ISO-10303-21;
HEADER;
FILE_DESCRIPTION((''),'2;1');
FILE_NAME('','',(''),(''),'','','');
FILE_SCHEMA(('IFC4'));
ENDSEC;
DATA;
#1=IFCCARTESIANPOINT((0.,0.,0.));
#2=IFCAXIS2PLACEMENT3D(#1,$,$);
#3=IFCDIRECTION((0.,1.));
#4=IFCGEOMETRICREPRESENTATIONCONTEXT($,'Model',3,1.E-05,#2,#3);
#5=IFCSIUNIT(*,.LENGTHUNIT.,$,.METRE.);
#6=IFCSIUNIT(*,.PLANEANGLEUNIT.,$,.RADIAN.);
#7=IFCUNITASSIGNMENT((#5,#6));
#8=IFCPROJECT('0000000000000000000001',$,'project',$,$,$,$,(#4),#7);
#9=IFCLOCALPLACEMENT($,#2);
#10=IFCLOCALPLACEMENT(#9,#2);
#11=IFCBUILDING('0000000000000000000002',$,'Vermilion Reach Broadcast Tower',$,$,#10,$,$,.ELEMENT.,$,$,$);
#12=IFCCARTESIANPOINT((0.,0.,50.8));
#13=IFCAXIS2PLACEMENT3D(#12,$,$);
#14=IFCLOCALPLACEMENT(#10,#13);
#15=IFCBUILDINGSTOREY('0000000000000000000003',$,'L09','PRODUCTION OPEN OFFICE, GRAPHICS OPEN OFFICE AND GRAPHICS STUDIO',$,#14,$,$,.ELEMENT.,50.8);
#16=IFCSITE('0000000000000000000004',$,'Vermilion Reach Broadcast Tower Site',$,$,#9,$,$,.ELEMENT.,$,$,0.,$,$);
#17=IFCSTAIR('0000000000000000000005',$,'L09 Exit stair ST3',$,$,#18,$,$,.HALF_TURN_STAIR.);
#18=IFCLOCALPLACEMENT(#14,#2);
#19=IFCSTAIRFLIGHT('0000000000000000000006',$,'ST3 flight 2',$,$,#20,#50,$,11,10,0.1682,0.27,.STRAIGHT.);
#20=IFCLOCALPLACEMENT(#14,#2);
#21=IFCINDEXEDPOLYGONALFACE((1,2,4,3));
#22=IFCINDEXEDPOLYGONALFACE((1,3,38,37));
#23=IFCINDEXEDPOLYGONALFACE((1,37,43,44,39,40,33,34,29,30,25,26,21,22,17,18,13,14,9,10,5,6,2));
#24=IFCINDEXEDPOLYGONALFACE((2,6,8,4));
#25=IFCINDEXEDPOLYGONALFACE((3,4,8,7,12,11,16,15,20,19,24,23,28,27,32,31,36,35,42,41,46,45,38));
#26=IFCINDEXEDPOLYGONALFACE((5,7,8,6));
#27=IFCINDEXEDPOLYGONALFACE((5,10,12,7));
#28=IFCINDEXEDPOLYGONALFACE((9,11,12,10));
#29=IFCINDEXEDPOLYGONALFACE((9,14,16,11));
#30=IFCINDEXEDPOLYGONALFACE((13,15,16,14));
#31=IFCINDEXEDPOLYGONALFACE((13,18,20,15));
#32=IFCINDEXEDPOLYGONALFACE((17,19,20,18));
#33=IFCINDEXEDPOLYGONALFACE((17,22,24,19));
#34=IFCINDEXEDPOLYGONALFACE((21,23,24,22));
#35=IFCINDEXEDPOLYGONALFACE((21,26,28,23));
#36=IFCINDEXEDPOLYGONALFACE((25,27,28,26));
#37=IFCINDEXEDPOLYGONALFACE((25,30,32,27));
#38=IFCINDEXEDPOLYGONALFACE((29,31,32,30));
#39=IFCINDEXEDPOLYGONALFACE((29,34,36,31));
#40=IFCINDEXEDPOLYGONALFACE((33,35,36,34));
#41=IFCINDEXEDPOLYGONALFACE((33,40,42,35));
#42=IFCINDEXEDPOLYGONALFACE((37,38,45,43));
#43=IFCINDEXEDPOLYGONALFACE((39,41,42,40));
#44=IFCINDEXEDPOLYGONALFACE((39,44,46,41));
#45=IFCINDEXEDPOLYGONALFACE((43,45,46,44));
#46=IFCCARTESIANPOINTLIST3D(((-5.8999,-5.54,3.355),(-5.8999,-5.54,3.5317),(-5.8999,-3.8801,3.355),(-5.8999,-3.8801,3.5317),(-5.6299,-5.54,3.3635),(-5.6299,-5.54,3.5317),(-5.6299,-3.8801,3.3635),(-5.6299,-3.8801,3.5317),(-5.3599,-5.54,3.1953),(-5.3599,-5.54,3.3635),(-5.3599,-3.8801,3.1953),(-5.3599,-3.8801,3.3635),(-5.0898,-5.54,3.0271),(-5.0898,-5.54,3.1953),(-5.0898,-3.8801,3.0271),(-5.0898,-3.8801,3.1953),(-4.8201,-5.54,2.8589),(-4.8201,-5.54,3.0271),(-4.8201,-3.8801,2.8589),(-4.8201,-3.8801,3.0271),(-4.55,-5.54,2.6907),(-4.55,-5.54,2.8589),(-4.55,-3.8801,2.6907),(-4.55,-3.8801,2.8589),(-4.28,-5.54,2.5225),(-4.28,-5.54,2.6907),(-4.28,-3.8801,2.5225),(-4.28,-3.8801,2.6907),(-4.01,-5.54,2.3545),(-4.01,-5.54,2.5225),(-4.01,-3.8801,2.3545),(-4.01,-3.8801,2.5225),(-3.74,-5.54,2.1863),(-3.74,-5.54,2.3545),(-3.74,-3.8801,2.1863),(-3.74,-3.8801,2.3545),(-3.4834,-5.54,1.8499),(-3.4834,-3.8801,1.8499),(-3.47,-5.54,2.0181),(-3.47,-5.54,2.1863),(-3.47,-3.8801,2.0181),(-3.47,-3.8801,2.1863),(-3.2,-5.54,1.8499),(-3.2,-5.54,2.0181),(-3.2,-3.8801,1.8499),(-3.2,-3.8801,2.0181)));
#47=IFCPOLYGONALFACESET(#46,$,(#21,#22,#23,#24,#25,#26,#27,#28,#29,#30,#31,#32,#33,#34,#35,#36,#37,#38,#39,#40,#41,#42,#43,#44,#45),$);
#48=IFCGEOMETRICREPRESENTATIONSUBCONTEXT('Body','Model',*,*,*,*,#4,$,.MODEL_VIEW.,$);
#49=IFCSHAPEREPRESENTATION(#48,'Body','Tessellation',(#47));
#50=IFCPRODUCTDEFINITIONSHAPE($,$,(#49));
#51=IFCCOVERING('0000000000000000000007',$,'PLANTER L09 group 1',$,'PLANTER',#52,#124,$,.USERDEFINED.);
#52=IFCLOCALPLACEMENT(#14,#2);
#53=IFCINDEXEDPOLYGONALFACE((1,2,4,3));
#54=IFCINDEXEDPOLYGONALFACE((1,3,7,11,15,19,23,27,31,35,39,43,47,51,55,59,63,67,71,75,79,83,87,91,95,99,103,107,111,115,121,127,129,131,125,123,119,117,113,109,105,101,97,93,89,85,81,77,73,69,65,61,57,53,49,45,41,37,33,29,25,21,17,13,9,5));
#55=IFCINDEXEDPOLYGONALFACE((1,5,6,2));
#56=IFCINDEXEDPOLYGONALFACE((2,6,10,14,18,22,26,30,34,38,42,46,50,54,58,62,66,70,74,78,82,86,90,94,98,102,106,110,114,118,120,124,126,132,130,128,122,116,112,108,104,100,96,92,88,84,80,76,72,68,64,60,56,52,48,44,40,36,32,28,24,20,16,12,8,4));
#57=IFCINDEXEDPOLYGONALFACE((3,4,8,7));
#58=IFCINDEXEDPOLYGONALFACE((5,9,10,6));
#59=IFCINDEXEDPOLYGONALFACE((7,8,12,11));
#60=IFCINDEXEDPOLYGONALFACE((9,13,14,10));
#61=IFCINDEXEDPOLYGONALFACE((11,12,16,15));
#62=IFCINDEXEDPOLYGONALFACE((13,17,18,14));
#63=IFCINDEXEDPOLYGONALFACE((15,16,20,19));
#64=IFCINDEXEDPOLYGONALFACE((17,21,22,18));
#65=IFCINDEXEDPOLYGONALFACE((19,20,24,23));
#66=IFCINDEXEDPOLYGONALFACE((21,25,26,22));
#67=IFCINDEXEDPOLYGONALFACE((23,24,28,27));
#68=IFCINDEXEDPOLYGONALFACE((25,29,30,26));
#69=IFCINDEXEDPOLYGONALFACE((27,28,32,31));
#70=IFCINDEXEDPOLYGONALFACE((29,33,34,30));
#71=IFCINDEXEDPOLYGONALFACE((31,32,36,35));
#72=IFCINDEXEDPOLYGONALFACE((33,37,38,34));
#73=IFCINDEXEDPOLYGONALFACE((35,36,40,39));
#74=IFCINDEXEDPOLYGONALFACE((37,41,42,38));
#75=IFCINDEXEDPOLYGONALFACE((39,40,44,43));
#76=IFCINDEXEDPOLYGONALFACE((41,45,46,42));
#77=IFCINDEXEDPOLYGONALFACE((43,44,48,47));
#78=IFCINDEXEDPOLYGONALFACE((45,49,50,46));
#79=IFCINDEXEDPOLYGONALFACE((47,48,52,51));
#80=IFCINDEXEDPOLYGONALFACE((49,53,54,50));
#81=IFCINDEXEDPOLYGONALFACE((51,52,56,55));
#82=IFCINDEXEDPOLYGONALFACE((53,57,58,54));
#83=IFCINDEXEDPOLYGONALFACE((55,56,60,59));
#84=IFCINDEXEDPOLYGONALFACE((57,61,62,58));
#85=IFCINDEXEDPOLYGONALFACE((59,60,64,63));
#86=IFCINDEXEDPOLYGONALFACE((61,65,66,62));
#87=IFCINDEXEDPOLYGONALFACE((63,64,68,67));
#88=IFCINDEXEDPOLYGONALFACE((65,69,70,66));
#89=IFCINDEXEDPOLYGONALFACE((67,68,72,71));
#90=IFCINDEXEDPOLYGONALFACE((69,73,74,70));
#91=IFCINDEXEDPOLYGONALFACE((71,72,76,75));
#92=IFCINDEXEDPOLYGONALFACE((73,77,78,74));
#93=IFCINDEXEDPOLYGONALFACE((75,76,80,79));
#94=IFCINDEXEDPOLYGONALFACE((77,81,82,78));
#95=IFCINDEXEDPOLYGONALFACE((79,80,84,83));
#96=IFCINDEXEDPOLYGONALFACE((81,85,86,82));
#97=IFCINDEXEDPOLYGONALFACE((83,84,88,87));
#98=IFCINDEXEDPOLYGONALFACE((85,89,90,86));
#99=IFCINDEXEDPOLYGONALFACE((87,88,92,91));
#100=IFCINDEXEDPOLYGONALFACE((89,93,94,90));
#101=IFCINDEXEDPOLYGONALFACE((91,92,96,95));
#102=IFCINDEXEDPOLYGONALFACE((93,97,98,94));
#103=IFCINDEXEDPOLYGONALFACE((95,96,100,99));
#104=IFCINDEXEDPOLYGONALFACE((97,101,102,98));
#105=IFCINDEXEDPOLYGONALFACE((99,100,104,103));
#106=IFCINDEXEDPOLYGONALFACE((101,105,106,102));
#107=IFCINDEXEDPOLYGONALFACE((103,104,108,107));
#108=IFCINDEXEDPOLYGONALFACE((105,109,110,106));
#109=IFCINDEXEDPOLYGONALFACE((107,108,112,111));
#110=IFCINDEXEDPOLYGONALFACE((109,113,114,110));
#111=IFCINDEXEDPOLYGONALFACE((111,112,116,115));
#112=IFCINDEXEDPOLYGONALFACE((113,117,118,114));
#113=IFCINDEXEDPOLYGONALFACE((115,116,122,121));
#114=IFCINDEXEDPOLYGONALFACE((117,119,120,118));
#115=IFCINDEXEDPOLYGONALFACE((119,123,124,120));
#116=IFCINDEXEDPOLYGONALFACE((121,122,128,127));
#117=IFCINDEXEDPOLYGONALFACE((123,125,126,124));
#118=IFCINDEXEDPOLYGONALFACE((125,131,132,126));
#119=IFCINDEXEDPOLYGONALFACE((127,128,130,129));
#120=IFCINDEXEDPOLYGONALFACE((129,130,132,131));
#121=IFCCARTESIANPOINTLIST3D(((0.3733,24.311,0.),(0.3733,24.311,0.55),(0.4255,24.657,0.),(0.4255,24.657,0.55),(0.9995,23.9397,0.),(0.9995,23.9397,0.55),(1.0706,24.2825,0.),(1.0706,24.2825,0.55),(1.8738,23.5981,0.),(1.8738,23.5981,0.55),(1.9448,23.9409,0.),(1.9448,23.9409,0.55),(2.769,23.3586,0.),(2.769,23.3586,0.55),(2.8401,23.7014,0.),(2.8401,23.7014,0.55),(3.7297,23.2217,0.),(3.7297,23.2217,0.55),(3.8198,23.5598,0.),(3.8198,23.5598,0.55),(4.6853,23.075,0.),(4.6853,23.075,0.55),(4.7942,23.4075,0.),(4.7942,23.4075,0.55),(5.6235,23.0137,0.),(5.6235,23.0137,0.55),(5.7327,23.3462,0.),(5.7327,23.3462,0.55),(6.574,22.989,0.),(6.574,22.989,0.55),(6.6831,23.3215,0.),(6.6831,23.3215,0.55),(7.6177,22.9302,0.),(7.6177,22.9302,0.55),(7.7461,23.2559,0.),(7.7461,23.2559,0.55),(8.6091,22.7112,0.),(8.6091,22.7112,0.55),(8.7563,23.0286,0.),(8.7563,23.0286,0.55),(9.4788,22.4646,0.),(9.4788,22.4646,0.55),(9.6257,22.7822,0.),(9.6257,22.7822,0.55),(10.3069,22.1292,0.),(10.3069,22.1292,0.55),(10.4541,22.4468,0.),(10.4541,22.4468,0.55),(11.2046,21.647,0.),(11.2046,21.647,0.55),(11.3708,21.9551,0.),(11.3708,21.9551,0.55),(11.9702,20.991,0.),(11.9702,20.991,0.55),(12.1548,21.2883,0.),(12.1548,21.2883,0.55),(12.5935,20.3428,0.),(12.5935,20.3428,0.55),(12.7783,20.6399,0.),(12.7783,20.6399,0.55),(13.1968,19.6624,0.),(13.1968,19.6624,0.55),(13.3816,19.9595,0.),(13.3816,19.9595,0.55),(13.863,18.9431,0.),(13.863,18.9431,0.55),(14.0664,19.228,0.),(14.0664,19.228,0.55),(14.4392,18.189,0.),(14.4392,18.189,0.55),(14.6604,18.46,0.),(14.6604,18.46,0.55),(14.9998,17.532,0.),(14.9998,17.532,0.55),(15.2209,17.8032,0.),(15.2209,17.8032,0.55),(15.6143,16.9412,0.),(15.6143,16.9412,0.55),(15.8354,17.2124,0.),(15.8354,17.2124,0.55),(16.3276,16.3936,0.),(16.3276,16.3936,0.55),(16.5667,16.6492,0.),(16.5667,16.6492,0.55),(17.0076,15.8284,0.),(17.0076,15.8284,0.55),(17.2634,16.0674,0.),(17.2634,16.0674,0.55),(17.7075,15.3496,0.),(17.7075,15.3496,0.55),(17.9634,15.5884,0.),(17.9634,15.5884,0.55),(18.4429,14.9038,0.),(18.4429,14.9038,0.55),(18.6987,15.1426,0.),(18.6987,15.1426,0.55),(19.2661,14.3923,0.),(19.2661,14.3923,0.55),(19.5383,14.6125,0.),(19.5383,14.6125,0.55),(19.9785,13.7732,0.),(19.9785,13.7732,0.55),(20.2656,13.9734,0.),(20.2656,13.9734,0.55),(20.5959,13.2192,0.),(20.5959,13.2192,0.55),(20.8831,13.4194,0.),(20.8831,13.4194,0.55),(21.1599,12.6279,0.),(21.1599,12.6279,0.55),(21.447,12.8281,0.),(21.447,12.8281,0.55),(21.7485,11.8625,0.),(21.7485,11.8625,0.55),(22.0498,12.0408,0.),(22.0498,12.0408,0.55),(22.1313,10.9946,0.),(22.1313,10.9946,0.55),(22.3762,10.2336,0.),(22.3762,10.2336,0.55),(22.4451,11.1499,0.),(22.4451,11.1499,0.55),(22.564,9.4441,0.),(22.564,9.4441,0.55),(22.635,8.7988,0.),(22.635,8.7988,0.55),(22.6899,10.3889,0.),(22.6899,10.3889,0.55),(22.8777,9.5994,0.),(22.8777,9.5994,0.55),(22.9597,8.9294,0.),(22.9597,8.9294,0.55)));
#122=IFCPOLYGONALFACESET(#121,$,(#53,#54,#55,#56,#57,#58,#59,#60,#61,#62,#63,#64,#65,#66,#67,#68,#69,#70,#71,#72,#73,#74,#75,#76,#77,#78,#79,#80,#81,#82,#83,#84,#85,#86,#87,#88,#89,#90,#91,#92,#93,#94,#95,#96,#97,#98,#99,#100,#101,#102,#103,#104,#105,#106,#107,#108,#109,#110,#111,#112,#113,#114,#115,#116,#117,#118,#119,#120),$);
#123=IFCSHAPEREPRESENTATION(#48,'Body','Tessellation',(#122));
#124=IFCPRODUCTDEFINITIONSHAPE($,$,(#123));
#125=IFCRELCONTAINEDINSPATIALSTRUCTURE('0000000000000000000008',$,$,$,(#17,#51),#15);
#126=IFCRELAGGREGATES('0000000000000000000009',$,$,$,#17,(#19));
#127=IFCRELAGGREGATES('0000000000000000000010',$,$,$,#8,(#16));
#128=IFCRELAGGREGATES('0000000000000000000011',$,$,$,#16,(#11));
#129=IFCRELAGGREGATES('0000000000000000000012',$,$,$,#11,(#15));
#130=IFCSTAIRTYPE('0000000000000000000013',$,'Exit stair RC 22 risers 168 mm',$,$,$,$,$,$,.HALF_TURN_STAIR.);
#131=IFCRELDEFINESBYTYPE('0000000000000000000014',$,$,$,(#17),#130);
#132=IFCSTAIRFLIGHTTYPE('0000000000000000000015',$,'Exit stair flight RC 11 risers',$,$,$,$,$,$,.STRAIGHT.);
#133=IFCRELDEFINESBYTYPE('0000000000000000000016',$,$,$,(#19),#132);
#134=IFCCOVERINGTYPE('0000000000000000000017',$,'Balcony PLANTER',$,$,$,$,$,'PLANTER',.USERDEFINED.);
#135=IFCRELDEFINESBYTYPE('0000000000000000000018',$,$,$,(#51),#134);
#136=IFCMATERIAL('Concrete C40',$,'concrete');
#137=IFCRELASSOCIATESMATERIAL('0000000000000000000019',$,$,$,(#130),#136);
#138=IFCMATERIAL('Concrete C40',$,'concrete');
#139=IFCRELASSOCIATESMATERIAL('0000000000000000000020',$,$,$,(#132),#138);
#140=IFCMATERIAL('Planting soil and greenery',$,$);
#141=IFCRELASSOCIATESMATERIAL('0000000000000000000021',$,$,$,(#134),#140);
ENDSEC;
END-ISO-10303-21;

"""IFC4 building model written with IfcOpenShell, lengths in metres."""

from ifc_helpers import new_model, si_unit, direction, frame, origin, place, context, subcontext, project, spatial, polyline, outline, extrude, material, type_object, element, aggregate, save


model = new_model("IFC4")

# Units and contexts
model_context = context("Model", 3, precision=1e-05, world=origin(), true_north=direction((0.0, 1.0)))
body_context = subcontext(model_context, "Body", "Model", "MODEL_VIEW")
ifc_project = project(units=[si_unit("LENGTHUNIT", "METRE"), si_unit("PLANEANGLEUNIT", "RADIAN")], contexts=[model_context])

# Site, building, storey
site_placement = place(None, origin())
site = spatial("IfcSite", under=ifc_project, at=site_placement, Name="Vermilion Reach Broadcast Tower Site", CompositionType="ELEMENT", RefElevation=0.0)
building_placement = place(site_placement, origin())
building = spatial("IfcBuilding", under=site, at=building_placement, Name="Vermilion Reach Broadcast Tower", CompositionType="ELEMENT")
storey_placement = place(building_placement, frame((0.0, 0.0, 50.8)))
storey = spatial("IfcBuildingStorey", under=building, at=storey_placement, Name="L09", Description="PRODUCTION OPEN OFFICE, GRAPHICS OPEN OFFICE AND GRAPHICS STUDIO", CompositionType="ELEMENT", Elevation=50.8)

# Stair, stair flight
ifc_material_1 = material(Name="Concrete C40", Category="concrete")
stair_type = type_object("IfcStairType", Name="Exit stair RC 22 risers 168 mm", PredefinedType="HALF_TURN_STAIR", material=ifc_material_1)
placement_1 = place(storey_placement, origin())
stair = element("IfcStair", 1, at=placement_1, inside=storey, type_object=stair_type, Name="L09 Exit stair ST3", PredefinedType="HALF_TURN_STAIR")
ifc_material_2 = material(Name="Concrete C40", Category="concrete")
stair_flight_type = type_object("IfcStairFlightType", Name="Exit stair flight RC 11 risers", PredefinedType="STRAIGHT", material=ifc_material_2)
stair_flight_placement = place(storey_placement, frame((-3.2, -4.71, 1.8499), z_axis=(0.0, 0.0, 1.0), x_axis=(-1.0, 0.0, 0.0)))
stair_flight = element("IfcStairFlight", 2, at=stair_flight_placement, type_object=stair_flight_type, Name="ST3 flight 2", NumberOfRisers=11, NumberOfTreads=10, PredefinedType="STRAIGHT", RiserHeight=0.1682, TreadLength=0.27, context=body_context, shape_type="SweptSolid", body=[
    extrude(outline(polyline([(0.0, 0.0), (0.0, 0.1682), (0.27, 0.1682), (0.27, 0.3364), (0.54, 0.3364), (0.54, 0.5046), (0.8101, 0.5046), (0.8101, 0.6726), (1.0801, 0.6726), (1.0801, 0.8408), (1.3501, 0.8408), (1.3501, 1.009), (1.6201, 1.009), (1.6201, 1.1772), (1.8899, 1.1772), (1.8899, 1.3455), (2.1599, 1.3455), (2.1599, 1.5137), (2.4299, 1.5137), (2.4299, 1.6819), (2.7, 1.6819), (2.7, 1.8501), (2.7, 1.5051), (0.2834, 0.0), (0.0, 0.0)])), frame((0.0, 0.8301, 0.0), z_axis=(0.0, -1.0, 0.0), x_axis=(1.0, 0.0, 0.0)), (0.0, 0.0, 1.0), 1.6599),
])
aggregate(stair, [stair_flight])

# Covering
ifc_material_3 = material(Name="Planting soil and greenery")
covering_type = type_object("IfcCoveringType", Name="Balcony PLANTER", ElementType="PLANTER", PredefinedType="USERDEFINED", material=ifc_material_3)
element("IfcCovering", 3, at=placement_1, inside=storey, type_object=covering_type, Name="PLANTER L09 group 1", ObjectType="PLANTER", PredefinedType="USERDEFINED", context=body_context, shape_type="SweptSolid", body=[
    extrude(outline(polyline([(22.9597, 8.9294), (22.8777, 9.5994), (22.6899, 10.3889), (22.4451, 11.1499), (22.0498, 12.0408), (21.447, 12.8281), (20.8831, 13.4194), (20.2656, 13.9734), (19.5383, 14.6125), (18.6987, 15.1426), (17.9634, 15.5884), (17.2634, 16.0674), (16.5667, 16.6492), (15.8354, 17.2124), (15.2209, 17.8032), (14.6604, 18.46), (14.0664, 19.228), (13.3816, 19.9595), (12.7783, 20.6399), (12.1548, 21.2883), (11.3708, 21.9551), (10.4541, 22.4468), (9.6257, 22.7822), (8.7563, 23.0286), (7.7461, 23.2559), (6.6831, 23.3215), (5.7327, 23.3462), (4.7942, 23.4075), (3.8198, 23.5598), (2.8401, 23.7014), (1.9448, 23.9409), (1.0706, 24.2825), (0.4255, 24.657), (0.3733, 24.311), (0.9995, 23.9397), (1.8738, 23.5981), (2.769, 23.3586), (3.7297, 23.2217), (4.6853, 23.075), (5.6235, 23.0137), (6.574, 22.989), (7.6177, 22.9302), (8.6091, 22.7112), (9.4788, 22.4646), (10.3069, 22.1292), (11.2046, 21.647), (11.9702, 20.991), (12.5935, 20.3428), (13.1968, 19.6624), (13.863, 18.9431), (14.4392, 18.189), (14.9998, 17.532), (15.6143, 16.9412), (16.3276, 16.3936), (17.0076, 15.8284), (17.7075, 15.3496), (18.4429, 14.9038), (19.2661, 14.3923), (19.9785, 13.7732), (20.5959, 13.2192), (21.1599, 12.6279), (21.7485, 11.8625), (22.1313, 10.9946), (22.3762, 10.2336), (22.564, 9.4441), (22.635, 8.7988), (22.9597, 8.9294)])), origin(), (0.0, 0.0, 1.0), 0.55),
])

save(model, "model.ifc")
